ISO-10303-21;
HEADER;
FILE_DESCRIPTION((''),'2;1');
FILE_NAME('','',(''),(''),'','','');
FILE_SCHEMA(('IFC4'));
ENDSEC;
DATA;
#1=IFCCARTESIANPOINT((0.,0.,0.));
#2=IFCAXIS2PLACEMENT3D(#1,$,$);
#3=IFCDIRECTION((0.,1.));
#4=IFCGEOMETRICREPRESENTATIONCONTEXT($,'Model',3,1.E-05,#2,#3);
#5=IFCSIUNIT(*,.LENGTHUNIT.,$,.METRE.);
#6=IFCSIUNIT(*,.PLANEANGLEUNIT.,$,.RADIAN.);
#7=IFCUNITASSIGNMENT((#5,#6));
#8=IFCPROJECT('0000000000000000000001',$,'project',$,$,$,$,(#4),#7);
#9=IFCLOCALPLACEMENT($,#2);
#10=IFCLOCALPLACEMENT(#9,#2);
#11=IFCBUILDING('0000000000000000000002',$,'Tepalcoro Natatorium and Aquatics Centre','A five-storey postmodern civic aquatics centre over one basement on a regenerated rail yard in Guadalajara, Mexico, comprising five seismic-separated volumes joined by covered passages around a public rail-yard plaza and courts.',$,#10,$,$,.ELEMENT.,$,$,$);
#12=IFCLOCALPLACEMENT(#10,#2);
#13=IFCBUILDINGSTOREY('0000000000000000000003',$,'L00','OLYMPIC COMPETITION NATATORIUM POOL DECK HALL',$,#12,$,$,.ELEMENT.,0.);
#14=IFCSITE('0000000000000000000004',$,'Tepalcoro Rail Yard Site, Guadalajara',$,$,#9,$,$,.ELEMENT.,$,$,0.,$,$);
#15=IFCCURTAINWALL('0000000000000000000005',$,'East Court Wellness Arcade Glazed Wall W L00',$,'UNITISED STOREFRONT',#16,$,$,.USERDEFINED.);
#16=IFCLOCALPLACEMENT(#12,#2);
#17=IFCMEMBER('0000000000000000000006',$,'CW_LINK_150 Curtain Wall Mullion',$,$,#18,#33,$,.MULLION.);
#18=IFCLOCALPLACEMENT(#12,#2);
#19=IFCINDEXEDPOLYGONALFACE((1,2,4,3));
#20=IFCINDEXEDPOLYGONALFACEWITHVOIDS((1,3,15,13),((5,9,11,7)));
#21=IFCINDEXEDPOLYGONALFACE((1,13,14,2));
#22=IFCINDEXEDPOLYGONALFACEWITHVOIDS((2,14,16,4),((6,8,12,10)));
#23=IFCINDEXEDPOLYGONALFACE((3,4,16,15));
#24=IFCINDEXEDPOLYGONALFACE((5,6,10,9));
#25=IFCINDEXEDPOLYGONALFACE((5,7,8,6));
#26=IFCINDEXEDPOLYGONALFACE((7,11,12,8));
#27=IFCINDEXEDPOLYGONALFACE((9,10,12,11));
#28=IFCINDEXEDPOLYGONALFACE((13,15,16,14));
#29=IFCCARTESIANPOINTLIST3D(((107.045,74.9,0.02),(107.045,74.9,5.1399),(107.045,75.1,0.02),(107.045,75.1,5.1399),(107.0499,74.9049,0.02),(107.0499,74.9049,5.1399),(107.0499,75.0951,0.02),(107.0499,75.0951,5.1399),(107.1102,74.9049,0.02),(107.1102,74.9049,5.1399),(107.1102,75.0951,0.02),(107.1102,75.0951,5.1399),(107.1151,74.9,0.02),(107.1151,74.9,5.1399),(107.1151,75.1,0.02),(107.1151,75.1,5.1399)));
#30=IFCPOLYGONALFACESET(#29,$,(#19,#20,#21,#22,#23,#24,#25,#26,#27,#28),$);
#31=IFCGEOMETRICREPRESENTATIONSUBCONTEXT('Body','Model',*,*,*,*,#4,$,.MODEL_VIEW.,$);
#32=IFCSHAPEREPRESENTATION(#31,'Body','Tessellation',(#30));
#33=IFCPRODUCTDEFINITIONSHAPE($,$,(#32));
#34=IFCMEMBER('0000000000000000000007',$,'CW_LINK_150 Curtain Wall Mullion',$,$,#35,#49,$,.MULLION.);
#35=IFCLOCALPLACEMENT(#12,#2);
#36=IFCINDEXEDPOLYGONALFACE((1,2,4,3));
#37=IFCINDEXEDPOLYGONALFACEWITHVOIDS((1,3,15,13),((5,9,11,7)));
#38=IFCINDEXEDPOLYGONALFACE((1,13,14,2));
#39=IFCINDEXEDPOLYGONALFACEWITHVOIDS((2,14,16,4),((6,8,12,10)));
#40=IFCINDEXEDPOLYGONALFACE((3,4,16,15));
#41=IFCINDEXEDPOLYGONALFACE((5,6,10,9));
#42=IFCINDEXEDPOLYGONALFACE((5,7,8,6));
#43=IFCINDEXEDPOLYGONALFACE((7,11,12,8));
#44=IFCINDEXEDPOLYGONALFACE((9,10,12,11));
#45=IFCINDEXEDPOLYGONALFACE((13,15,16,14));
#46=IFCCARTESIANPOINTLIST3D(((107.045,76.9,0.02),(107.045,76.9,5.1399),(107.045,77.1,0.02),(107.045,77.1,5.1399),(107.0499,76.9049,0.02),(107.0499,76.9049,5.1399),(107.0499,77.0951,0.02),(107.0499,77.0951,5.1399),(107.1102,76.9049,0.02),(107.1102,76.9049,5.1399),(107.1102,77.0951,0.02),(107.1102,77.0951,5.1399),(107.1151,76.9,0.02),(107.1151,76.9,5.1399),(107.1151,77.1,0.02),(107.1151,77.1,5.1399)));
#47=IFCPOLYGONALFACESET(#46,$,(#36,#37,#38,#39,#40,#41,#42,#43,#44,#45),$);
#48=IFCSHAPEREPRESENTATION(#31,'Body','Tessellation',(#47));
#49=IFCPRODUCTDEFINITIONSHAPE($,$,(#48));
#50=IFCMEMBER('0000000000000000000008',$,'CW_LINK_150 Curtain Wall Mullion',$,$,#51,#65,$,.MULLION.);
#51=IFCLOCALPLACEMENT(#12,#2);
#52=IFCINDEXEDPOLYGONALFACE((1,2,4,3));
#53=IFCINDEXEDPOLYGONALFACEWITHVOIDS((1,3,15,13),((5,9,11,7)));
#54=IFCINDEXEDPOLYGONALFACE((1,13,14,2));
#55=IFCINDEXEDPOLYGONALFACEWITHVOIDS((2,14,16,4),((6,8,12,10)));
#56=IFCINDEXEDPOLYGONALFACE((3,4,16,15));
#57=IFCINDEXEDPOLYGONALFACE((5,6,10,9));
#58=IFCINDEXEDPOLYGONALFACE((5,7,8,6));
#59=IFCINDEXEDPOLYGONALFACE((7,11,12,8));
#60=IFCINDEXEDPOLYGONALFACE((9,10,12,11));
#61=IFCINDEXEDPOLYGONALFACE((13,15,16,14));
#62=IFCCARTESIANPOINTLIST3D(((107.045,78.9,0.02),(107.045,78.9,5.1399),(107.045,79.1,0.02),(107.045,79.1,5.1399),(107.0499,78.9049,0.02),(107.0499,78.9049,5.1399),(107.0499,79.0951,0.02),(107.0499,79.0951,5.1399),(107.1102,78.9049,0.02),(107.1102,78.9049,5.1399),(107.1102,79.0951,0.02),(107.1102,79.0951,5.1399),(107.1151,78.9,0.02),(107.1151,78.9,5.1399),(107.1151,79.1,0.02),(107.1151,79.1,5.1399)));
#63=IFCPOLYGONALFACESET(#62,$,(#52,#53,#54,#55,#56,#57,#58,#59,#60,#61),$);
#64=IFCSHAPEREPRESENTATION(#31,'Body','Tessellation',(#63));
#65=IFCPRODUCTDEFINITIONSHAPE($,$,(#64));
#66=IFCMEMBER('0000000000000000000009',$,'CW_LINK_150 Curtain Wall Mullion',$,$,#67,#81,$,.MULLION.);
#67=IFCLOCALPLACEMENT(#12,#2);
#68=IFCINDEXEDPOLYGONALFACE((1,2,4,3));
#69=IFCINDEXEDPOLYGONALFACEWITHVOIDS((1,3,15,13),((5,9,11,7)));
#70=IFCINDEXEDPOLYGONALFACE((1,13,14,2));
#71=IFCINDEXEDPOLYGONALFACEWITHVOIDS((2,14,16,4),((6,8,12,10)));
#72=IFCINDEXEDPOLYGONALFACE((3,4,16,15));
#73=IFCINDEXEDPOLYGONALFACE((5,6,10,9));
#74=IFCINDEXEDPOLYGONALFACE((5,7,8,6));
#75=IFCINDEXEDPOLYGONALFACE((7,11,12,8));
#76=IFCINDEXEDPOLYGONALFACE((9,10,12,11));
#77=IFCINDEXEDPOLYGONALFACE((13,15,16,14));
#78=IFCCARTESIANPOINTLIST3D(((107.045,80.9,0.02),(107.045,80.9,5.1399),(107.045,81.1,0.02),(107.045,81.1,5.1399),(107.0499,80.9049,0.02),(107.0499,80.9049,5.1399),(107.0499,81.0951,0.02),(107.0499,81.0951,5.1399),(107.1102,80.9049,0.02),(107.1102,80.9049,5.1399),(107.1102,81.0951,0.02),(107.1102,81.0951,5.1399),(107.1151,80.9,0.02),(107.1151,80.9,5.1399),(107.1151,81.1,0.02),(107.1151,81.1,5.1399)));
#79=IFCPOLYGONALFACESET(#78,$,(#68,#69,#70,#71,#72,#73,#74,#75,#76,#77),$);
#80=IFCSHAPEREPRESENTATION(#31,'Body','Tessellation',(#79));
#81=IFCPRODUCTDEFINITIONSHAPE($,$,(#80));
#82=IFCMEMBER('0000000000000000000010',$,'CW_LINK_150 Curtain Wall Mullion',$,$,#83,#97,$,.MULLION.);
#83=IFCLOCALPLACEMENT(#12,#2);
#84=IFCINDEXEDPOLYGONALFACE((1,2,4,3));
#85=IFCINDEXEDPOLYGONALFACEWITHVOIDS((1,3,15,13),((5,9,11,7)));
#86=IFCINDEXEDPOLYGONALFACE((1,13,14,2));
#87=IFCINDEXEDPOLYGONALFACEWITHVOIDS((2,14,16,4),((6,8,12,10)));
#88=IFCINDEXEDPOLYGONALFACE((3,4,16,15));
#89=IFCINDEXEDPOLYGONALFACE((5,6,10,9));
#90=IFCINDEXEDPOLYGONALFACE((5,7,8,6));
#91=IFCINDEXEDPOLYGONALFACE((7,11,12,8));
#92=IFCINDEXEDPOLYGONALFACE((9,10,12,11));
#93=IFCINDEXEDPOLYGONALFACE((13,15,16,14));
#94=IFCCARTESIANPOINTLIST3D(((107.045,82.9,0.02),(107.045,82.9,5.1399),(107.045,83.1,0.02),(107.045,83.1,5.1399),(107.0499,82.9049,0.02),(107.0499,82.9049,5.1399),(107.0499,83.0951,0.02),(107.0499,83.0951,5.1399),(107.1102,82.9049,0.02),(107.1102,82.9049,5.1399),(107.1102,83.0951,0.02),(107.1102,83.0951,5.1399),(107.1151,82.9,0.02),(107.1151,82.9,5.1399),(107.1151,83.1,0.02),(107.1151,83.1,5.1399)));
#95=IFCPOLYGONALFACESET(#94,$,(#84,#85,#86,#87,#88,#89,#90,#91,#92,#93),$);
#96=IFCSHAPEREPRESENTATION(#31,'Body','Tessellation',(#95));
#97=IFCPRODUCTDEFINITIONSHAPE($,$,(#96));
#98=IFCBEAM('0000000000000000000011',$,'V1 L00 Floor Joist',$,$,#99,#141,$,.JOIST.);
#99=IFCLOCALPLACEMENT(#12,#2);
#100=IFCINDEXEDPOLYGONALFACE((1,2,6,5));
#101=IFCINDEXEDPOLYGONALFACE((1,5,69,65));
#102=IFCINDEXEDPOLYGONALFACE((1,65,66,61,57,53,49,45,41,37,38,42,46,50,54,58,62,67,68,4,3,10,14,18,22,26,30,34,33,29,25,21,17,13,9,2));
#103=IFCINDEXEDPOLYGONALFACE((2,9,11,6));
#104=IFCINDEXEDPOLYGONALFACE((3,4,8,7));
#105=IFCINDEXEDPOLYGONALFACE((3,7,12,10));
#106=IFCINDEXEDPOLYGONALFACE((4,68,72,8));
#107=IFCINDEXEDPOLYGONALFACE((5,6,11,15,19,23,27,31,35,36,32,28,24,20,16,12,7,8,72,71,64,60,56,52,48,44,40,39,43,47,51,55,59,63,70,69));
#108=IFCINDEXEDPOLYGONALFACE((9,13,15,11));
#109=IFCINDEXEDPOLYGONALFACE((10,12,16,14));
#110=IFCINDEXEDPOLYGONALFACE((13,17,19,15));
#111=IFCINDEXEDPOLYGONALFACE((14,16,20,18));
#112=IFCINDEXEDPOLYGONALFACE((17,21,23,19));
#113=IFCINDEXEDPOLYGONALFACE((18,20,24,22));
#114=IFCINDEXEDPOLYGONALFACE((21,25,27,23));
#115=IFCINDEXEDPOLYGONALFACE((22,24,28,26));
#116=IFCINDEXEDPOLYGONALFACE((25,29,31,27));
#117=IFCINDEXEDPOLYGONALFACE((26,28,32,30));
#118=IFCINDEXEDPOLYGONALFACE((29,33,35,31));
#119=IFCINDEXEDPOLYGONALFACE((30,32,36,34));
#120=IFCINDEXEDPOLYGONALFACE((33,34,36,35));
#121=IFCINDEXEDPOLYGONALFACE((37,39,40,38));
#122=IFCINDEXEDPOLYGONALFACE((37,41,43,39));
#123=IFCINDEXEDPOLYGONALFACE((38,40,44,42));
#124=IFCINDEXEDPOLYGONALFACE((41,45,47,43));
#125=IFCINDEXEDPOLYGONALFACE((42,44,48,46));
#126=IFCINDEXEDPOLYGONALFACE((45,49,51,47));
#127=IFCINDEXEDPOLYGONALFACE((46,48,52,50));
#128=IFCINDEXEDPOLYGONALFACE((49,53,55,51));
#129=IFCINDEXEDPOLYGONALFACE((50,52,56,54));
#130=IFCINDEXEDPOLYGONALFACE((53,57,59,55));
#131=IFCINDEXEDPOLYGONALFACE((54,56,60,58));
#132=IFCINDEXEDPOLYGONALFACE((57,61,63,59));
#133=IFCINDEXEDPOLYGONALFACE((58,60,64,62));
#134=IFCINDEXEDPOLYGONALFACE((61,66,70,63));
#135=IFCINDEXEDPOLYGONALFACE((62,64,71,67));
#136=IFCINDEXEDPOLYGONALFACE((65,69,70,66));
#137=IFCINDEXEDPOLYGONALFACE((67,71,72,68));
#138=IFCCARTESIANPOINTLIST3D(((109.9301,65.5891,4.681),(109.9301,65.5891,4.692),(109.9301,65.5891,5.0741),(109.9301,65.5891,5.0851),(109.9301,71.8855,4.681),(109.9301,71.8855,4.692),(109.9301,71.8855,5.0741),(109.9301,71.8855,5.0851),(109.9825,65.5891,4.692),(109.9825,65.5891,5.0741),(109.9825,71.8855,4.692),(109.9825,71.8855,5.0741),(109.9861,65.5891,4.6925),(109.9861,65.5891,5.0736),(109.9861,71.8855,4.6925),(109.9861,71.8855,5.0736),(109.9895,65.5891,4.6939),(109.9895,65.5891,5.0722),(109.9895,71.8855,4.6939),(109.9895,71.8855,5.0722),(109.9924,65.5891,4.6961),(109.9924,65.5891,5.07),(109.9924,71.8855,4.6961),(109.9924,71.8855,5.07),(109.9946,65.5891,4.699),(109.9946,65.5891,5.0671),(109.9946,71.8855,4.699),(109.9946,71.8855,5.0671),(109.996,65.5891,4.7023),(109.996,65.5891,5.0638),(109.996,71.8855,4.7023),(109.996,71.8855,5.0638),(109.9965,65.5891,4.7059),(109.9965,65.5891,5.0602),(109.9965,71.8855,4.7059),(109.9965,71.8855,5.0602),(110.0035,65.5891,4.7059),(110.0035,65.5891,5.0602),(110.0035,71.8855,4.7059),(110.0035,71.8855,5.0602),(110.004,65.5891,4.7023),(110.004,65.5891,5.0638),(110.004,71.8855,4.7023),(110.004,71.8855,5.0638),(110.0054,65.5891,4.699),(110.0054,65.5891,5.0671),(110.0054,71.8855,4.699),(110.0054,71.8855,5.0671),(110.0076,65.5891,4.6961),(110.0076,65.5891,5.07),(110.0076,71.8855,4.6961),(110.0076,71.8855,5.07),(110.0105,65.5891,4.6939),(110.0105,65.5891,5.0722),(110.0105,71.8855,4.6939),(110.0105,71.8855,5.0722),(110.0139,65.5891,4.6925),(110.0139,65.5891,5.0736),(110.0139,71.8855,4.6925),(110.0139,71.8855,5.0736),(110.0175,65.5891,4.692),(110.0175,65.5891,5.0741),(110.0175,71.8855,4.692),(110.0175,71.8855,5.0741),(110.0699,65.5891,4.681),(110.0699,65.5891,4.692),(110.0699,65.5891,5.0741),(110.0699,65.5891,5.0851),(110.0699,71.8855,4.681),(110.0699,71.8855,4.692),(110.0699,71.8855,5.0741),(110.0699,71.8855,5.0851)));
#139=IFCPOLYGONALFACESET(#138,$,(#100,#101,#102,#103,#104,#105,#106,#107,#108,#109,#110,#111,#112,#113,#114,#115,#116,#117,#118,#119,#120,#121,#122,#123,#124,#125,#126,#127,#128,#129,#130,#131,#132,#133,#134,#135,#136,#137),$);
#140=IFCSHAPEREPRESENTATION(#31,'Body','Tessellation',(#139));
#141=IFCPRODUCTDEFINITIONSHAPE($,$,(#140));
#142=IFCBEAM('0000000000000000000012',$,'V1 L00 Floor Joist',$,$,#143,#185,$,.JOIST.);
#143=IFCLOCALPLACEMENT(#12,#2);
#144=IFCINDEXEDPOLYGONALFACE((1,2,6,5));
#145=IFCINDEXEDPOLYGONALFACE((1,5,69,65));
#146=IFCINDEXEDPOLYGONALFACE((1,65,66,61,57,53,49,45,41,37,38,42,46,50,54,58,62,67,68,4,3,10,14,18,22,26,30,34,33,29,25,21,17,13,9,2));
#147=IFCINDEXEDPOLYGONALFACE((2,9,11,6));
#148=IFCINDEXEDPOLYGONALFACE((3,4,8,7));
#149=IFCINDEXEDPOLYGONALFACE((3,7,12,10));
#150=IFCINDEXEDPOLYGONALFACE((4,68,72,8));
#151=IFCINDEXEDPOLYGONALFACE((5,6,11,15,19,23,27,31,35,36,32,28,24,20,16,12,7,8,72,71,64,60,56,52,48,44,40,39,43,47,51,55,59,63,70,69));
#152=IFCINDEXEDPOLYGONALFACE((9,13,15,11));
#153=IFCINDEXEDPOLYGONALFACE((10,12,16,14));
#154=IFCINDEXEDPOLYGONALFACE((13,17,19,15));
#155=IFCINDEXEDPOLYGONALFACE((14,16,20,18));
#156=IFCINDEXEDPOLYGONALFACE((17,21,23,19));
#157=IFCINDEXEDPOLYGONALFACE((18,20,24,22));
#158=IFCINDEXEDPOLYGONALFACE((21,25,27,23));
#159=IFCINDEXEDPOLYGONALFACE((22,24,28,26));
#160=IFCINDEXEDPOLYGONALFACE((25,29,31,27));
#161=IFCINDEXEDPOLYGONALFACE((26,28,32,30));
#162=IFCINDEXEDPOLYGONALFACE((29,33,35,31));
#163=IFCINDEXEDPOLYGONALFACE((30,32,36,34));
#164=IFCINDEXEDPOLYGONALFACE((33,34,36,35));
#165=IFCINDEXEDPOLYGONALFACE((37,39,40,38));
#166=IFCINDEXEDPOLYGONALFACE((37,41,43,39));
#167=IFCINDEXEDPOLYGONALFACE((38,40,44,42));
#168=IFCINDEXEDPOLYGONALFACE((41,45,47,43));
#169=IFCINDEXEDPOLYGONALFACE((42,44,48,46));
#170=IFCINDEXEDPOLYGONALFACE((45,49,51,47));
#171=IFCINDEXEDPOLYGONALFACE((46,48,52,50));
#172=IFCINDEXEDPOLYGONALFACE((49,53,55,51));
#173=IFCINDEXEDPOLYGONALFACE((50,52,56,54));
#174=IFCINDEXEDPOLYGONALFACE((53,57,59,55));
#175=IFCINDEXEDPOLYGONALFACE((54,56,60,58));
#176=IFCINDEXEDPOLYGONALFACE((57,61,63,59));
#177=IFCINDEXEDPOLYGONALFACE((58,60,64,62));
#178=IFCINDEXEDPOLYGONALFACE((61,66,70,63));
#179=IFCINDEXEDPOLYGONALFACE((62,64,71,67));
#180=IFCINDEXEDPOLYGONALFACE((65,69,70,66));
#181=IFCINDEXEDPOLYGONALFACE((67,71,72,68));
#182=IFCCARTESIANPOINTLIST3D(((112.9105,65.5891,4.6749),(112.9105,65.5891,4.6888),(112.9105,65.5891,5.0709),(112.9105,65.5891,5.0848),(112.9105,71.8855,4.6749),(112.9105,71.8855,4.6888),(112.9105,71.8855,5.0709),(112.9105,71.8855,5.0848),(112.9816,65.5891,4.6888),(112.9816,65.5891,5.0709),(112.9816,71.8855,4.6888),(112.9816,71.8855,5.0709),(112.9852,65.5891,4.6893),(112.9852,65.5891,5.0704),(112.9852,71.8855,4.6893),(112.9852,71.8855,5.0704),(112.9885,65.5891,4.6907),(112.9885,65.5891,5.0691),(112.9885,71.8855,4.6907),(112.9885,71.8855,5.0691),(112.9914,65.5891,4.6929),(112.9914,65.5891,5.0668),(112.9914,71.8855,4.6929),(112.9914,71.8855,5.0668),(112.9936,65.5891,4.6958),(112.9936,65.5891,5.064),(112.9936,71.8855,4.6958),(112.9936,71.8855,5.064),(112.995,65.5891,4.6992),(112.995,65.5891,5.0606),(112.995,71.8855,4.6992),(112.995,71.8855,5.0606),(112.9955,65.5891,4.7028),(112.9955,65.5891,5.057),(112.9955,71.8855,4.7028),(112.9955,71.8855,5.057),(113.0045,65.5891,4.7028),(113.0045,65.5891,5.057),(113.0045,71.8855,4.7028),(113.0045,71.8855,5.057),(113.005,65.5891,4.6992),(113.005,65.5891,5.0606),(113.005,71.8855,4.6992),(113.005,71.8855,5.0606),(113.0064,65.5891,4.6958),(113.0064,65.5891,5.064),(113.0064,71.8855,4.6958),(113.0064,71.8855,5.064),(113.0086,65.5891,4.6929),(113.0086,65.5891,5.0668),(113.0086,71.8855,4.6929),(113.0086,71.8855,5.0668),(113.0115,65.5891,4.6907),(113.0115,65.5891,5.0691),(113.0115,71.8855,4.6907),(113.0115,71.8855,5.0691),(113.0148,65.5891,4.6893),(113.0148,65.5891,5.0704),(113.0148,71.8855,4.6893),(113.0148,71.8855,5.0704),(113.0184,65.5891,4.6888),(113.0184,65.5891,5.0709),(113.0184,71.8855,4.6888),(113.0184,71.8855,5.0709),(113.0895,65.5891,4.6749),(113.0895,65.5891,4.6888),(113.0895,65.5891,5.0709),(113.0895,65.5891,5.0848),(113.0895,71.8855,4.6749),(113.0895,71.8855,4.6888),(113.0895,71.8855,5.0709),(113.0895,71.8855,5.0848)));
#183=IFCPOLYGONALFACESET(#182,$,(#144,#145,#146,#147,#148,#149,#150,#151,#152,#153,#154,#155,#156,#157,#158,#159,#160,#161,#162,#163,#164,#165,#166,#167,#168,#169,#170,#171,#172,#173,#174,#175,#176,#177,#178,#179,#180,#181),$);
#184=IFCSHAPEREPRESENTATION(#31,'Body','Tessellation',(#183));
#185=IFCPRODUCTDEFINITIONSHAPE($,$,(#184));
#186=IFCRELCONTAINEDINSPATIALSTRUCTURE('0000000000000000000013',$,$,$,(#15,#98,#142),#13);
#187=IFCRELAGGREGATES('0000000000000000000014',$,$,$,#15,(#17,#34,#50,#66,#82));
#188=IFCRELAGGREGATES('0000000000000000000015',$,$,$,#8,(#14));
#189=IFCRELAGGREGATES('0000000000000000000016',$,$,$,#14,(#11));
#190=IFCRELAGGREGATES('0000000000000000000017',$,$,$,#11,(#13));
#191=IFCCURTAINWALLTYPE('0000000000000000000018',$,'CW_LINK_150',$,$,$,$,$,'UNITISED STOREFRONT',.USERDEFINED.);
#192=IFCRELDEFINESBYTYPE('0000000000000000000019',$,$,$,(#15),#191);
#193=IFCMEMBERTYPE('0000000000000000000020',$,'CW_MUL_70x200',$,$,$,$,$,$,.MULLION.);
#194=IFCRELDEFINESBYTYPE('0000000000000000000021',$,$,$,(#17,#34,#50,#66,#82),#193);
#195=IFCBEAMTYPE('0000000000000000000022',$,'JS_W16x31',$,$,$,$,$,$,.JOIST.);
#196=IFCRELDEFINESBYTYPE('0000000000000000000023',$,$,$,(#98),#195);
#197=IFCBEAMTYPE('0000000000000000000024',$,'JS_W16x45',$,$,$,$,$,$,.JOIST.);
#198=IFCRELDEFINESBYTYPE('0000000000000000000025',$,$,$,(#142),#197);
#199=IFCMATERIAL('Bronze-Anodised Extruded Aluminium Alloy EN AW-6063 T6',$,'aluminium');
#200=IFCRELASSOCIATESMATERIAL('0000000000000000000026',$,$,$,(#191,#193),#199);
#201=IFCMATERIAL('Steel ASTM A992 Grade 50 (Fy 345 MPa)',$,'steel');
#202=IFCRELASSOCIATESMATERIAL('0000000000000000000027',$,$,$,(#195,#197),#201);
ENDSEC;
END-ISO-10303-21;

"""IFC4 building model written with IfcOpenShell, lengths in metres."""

from ifc_helpers import new_model, si_unit, direction, frame, origin, origin_2d, place, context, subcontext, project, spatial, hollow_rectangle, i_section, extrude, material, material_profile, profile_set, type_object, element, aggregate, save


model = new_model("IFC4")

# Units and contexts
model_context = context("Model", 3, precision=1e-05, world=origin(), true_north=direction((0.0, 1.0)))
body_context = subcontext(model_context, "Body", "Model", "MODEL_VIEW")
ifc_project = project(units=[si_unit("LENGTHUNIT", "METRE"), si_unit("PLANEANGLEUNIT", "RADIAN")], contexts=[model_context])

# Site, building, storey
site_placement = place(None, origin())
site = spatial("IfcSite", under=ifc_project, at=site_placement, Name="Tepalcoro Rail Yard Site, Guadalajara", CompositionType="ELEMENT", RefElevation=0.0)
building_placement = place(site_placement, origin())
building = spatial("IfcBuilding", under=site, at=building_placement, Name="Tepalcoro Natatorium and Aquatics Centre", Description="A five-storey postmodern civic aquatics centre over one basement on a regenerated rail yard in Guadalajara, Mexico, comprising five seismic-separated volumes joined by covered passages around a public rail-yard plaza and courts.", CompositionType="ELEMENT")
storey_placement = place(building_placement, origin())
storey = spatial("IfcBuildingStorey", under=building, at=storey_placement, Name="L00", Description="OLYMPIC COMPETITION NATATORIUM POOL DECK HALL", CompositionType="ELEMENT", Elevation=0.0)

# Shared definitions
ifc_material_1 = material(Name="Steel ASTM A992 Grade 50 (Fy 345 MPa)", Category="steel")

# Curtain wall, members
ifc_material_2 = material(Name="Bronze-Anodised Extruded Aluminium Alloy EN AW-6063 T6", Category="aluminium")
curtain_wall_type = type_object("IfcCurtainWallType", Name="CW_LINK_150", ElementType="UNITISED STOREFRONT", PredefinedType="USERDEFINED", material=ifc_material_2)
curtain_wall_placement = place(storey_placement, origin())
curtain_wall = element("IfcCurtainWall", 1, at=curtain_wall_placement, inside=storey, type_object=curtain_wall_type, Name="East Court Wellness Arcade Glazed Wall W L00", ObjectType="UNITISED STOREFRONT", PredefinedType="USERDEFINED")
ifc_material_profile_1 = material_profile(ifc_material_2, hollow_rectangle(XDim=0.0701, YDim=0.2, WallThickness=0.0049, at=origin_2d()), Name="AL70X200X5")
ifc_profile_set_1 = profile_set([ifc_material_profile_1], Name="Bronze-Anodised Extruded Aluminium Alloy EN AW-6063 T6")
member_type = type_object("IfcMemberType", Name="CW_MUL_70x200", PredefinedType="MULLION", material=ifc_profile_set_1)
member_1_placement = place(storey_placement, frame((107.0801, 75.0, 0.02), z_axis=(0.0, 0.0, 1.0), x_axis=(1.0, 0.0, 0.0)))
member_1 = element("IfcMember", 2, at=member_1_placement, type_object=member_type, Name="CW_LINK_150 Curtain Wall Mullion", PredefinedType="MULLION", context=body_context, shape_type="SweptSolid", body=[
    extrude(hollow_rectangle(XDim=0.0701, YDim=0.2, WallThickness=0.0049, at=origin_2d()), origin(), (0.0, 0.0, 1.0), 5.1199),
])
member_2_placement = place(storey_placement, frame((107.0801, 77.0, 0.02), z_axis=(0.0, 0.0, 1.0), x_axis=(1.0, 0.0, 0.0)))
member_2 = element("IfcMember", 3, at=member_2_placement, type_object=member_type, Name="CW_LINK_150 Curtain Wall Mullion", PredefinedType="MULLION", context=body_context, shape_type="SweptSolid", body=[
    extrude(hollow_rectangle(XDim=0.0701, YDim=0.2, WallThickness=0.0049, at=origin_2d()), origin(), (0.0, 0.0, 1.0), 5.1199),
])
member_3_placement = place(storey_placement, frame((107.0801, 79.0, 0.02), z_axis=(0.0, 0.0, 1.0), x_axis=(1.0, 0.0, 0.0)))
member_3 = element("IfcMember", 4, at=member_3_placement, type_object=member_type, Name="CW_LINK_150 Curtain Wall Mullion", PredefinedType="MULLION", context=body_context, shape_type="SweptSolid", body=[
    extrude(hollow_rectangle(XDim=0.0701, YDim=0.2, WallThickness=0.0049, at=origin_2d()), origin(), (0.0, 0.0, 1.0), 5.1199),
])
member_4_placement = place(storey_placement, frame((107.0801, 81.0, 0.02), z_axis=(0.0, 0.0, 1.0), x_axis=(1.0, 0.0, 0.0)))
member_4 = element("IfcMember", 5, at=member_4_placement, type_object=member_type, Name="CW_LINK_150 Curtain Wall Mullion", PredefinedType="MULLION", context=body_context, shape_type="SweptSolid", body=[
    extrude(hollow_rectangle(XDim=0.0701, YDim=0.2, WallThickness=0.0049, at=origin_2d()), origin(), (0.0, 0.0, 1.0), 5.1199),
])
member_5_placement = place(storey_placement, frame((107.0801, 83.0, 0.02), z_axis=(0.0, 0.0, 1.0), x_axis=(1.0, 0.0, 0.0)))
member_5 = element("IfcMember", 6, at=member_5_placement, type_object=member_type, Name="CW_LINK_150 Curtain Wall Mullion", PredefinedType="MULLION", context=body_context, shape_type="SweptSolid", body=[
    extrude(hollow_rectangle(XDim=0.0701, YDim=0.2, WallThickness=0.0049, at=origin_2d()), origin(), (0.0, 0.0, 1.0), 5.1199),
])

# Beams
ifc_material_profile_2 = material_profile(ifc_material_1, i_section(OverallWidth=0.1399, OverallDepth=0.4041, WebThickness=0.0071, FlangeThickness=0.011, FilletRadius=0.0139, at=origin_2d()), Name="W16X31")
ifc_profile_set_2 = profile_set([ifc_material_profile_2], Name="Steel ASTM A992 Grade 50 (Fy 345 MPa)")
beam_type_1 = type_object("IfcBeamType", Name="JS_W16x31", PredefinedType="JOIST", material=ifc_profile_set_2)
beam_1_placement = place(storey_placement, frame((110.0, 65.5891, 4.8831), z_axis=(0.0, 1.0, 0.0), x_axis=(-1.0, 0.0, 0.0)))
element("IfcBeam", 7, at=beam_1_placement, inside=storey, type_object=beam_type_1, Name="V1 L00 Floor Joist", PredefinedType="JOIST", context=body_context, shape_type="SweptSolid", body=[
    extrude(i_section(OverallWidth=0.1399, OverallDepth=0.4041, WebThickness=0.0071, FlangeThickness=0.011, FilletRadius=0.0139, at=origin_2d()), origin(), (0.0, 0.0, 1.0), 6.2964),
])
ifc_material_profile_3 = material_profile(ifc_material_1, i_section(OverallWidth=0.179, OverallDepth=0.4099, WebThickness=0.009, FlangeThickness=0.0139, FilletRadius=0.0139, at=origin_2d()), Name="W16X45")
ifc_profile_set_3 = profile_set([ifc_material_profile_3], Name="Steel ASTM A992 Grade 50 (Fy 345 MPa)")
beam_type_2 = type_object("IfcBeamType", Name="JS_W16x45", PredefinedType="JOIST", material=ifc_profile_set_3)
beam_2_placement = place(storey_placement, frame((113.0, 65.5891, 4.8799), z_axis=(0.0, 1.0, 0.0), x_axis=(-1.0, 0.0, 0.0)))
element("IfcBeam", 8, at=beam_2_placement, inside=storey, type_object=beam_type_2, Name="V1 L00 Floor Joist", PredefinedType="JOIST", context=body_context, shape_type="SweptSolid", body=[
    extrude(i_section(OverallWidth=0.179, OverallDepth=0.4099, WebThickness=0.009, FlangeThickness=0.0139, FilletRadius=0.0139, at=origin_2d()), origin(), (0.0, 0.0, 1.0), 6.2964),
])

aggregate(curtain_wall, [member_1, member_2, member_3, member_4, member_5])

save(model, "model.ifc")
